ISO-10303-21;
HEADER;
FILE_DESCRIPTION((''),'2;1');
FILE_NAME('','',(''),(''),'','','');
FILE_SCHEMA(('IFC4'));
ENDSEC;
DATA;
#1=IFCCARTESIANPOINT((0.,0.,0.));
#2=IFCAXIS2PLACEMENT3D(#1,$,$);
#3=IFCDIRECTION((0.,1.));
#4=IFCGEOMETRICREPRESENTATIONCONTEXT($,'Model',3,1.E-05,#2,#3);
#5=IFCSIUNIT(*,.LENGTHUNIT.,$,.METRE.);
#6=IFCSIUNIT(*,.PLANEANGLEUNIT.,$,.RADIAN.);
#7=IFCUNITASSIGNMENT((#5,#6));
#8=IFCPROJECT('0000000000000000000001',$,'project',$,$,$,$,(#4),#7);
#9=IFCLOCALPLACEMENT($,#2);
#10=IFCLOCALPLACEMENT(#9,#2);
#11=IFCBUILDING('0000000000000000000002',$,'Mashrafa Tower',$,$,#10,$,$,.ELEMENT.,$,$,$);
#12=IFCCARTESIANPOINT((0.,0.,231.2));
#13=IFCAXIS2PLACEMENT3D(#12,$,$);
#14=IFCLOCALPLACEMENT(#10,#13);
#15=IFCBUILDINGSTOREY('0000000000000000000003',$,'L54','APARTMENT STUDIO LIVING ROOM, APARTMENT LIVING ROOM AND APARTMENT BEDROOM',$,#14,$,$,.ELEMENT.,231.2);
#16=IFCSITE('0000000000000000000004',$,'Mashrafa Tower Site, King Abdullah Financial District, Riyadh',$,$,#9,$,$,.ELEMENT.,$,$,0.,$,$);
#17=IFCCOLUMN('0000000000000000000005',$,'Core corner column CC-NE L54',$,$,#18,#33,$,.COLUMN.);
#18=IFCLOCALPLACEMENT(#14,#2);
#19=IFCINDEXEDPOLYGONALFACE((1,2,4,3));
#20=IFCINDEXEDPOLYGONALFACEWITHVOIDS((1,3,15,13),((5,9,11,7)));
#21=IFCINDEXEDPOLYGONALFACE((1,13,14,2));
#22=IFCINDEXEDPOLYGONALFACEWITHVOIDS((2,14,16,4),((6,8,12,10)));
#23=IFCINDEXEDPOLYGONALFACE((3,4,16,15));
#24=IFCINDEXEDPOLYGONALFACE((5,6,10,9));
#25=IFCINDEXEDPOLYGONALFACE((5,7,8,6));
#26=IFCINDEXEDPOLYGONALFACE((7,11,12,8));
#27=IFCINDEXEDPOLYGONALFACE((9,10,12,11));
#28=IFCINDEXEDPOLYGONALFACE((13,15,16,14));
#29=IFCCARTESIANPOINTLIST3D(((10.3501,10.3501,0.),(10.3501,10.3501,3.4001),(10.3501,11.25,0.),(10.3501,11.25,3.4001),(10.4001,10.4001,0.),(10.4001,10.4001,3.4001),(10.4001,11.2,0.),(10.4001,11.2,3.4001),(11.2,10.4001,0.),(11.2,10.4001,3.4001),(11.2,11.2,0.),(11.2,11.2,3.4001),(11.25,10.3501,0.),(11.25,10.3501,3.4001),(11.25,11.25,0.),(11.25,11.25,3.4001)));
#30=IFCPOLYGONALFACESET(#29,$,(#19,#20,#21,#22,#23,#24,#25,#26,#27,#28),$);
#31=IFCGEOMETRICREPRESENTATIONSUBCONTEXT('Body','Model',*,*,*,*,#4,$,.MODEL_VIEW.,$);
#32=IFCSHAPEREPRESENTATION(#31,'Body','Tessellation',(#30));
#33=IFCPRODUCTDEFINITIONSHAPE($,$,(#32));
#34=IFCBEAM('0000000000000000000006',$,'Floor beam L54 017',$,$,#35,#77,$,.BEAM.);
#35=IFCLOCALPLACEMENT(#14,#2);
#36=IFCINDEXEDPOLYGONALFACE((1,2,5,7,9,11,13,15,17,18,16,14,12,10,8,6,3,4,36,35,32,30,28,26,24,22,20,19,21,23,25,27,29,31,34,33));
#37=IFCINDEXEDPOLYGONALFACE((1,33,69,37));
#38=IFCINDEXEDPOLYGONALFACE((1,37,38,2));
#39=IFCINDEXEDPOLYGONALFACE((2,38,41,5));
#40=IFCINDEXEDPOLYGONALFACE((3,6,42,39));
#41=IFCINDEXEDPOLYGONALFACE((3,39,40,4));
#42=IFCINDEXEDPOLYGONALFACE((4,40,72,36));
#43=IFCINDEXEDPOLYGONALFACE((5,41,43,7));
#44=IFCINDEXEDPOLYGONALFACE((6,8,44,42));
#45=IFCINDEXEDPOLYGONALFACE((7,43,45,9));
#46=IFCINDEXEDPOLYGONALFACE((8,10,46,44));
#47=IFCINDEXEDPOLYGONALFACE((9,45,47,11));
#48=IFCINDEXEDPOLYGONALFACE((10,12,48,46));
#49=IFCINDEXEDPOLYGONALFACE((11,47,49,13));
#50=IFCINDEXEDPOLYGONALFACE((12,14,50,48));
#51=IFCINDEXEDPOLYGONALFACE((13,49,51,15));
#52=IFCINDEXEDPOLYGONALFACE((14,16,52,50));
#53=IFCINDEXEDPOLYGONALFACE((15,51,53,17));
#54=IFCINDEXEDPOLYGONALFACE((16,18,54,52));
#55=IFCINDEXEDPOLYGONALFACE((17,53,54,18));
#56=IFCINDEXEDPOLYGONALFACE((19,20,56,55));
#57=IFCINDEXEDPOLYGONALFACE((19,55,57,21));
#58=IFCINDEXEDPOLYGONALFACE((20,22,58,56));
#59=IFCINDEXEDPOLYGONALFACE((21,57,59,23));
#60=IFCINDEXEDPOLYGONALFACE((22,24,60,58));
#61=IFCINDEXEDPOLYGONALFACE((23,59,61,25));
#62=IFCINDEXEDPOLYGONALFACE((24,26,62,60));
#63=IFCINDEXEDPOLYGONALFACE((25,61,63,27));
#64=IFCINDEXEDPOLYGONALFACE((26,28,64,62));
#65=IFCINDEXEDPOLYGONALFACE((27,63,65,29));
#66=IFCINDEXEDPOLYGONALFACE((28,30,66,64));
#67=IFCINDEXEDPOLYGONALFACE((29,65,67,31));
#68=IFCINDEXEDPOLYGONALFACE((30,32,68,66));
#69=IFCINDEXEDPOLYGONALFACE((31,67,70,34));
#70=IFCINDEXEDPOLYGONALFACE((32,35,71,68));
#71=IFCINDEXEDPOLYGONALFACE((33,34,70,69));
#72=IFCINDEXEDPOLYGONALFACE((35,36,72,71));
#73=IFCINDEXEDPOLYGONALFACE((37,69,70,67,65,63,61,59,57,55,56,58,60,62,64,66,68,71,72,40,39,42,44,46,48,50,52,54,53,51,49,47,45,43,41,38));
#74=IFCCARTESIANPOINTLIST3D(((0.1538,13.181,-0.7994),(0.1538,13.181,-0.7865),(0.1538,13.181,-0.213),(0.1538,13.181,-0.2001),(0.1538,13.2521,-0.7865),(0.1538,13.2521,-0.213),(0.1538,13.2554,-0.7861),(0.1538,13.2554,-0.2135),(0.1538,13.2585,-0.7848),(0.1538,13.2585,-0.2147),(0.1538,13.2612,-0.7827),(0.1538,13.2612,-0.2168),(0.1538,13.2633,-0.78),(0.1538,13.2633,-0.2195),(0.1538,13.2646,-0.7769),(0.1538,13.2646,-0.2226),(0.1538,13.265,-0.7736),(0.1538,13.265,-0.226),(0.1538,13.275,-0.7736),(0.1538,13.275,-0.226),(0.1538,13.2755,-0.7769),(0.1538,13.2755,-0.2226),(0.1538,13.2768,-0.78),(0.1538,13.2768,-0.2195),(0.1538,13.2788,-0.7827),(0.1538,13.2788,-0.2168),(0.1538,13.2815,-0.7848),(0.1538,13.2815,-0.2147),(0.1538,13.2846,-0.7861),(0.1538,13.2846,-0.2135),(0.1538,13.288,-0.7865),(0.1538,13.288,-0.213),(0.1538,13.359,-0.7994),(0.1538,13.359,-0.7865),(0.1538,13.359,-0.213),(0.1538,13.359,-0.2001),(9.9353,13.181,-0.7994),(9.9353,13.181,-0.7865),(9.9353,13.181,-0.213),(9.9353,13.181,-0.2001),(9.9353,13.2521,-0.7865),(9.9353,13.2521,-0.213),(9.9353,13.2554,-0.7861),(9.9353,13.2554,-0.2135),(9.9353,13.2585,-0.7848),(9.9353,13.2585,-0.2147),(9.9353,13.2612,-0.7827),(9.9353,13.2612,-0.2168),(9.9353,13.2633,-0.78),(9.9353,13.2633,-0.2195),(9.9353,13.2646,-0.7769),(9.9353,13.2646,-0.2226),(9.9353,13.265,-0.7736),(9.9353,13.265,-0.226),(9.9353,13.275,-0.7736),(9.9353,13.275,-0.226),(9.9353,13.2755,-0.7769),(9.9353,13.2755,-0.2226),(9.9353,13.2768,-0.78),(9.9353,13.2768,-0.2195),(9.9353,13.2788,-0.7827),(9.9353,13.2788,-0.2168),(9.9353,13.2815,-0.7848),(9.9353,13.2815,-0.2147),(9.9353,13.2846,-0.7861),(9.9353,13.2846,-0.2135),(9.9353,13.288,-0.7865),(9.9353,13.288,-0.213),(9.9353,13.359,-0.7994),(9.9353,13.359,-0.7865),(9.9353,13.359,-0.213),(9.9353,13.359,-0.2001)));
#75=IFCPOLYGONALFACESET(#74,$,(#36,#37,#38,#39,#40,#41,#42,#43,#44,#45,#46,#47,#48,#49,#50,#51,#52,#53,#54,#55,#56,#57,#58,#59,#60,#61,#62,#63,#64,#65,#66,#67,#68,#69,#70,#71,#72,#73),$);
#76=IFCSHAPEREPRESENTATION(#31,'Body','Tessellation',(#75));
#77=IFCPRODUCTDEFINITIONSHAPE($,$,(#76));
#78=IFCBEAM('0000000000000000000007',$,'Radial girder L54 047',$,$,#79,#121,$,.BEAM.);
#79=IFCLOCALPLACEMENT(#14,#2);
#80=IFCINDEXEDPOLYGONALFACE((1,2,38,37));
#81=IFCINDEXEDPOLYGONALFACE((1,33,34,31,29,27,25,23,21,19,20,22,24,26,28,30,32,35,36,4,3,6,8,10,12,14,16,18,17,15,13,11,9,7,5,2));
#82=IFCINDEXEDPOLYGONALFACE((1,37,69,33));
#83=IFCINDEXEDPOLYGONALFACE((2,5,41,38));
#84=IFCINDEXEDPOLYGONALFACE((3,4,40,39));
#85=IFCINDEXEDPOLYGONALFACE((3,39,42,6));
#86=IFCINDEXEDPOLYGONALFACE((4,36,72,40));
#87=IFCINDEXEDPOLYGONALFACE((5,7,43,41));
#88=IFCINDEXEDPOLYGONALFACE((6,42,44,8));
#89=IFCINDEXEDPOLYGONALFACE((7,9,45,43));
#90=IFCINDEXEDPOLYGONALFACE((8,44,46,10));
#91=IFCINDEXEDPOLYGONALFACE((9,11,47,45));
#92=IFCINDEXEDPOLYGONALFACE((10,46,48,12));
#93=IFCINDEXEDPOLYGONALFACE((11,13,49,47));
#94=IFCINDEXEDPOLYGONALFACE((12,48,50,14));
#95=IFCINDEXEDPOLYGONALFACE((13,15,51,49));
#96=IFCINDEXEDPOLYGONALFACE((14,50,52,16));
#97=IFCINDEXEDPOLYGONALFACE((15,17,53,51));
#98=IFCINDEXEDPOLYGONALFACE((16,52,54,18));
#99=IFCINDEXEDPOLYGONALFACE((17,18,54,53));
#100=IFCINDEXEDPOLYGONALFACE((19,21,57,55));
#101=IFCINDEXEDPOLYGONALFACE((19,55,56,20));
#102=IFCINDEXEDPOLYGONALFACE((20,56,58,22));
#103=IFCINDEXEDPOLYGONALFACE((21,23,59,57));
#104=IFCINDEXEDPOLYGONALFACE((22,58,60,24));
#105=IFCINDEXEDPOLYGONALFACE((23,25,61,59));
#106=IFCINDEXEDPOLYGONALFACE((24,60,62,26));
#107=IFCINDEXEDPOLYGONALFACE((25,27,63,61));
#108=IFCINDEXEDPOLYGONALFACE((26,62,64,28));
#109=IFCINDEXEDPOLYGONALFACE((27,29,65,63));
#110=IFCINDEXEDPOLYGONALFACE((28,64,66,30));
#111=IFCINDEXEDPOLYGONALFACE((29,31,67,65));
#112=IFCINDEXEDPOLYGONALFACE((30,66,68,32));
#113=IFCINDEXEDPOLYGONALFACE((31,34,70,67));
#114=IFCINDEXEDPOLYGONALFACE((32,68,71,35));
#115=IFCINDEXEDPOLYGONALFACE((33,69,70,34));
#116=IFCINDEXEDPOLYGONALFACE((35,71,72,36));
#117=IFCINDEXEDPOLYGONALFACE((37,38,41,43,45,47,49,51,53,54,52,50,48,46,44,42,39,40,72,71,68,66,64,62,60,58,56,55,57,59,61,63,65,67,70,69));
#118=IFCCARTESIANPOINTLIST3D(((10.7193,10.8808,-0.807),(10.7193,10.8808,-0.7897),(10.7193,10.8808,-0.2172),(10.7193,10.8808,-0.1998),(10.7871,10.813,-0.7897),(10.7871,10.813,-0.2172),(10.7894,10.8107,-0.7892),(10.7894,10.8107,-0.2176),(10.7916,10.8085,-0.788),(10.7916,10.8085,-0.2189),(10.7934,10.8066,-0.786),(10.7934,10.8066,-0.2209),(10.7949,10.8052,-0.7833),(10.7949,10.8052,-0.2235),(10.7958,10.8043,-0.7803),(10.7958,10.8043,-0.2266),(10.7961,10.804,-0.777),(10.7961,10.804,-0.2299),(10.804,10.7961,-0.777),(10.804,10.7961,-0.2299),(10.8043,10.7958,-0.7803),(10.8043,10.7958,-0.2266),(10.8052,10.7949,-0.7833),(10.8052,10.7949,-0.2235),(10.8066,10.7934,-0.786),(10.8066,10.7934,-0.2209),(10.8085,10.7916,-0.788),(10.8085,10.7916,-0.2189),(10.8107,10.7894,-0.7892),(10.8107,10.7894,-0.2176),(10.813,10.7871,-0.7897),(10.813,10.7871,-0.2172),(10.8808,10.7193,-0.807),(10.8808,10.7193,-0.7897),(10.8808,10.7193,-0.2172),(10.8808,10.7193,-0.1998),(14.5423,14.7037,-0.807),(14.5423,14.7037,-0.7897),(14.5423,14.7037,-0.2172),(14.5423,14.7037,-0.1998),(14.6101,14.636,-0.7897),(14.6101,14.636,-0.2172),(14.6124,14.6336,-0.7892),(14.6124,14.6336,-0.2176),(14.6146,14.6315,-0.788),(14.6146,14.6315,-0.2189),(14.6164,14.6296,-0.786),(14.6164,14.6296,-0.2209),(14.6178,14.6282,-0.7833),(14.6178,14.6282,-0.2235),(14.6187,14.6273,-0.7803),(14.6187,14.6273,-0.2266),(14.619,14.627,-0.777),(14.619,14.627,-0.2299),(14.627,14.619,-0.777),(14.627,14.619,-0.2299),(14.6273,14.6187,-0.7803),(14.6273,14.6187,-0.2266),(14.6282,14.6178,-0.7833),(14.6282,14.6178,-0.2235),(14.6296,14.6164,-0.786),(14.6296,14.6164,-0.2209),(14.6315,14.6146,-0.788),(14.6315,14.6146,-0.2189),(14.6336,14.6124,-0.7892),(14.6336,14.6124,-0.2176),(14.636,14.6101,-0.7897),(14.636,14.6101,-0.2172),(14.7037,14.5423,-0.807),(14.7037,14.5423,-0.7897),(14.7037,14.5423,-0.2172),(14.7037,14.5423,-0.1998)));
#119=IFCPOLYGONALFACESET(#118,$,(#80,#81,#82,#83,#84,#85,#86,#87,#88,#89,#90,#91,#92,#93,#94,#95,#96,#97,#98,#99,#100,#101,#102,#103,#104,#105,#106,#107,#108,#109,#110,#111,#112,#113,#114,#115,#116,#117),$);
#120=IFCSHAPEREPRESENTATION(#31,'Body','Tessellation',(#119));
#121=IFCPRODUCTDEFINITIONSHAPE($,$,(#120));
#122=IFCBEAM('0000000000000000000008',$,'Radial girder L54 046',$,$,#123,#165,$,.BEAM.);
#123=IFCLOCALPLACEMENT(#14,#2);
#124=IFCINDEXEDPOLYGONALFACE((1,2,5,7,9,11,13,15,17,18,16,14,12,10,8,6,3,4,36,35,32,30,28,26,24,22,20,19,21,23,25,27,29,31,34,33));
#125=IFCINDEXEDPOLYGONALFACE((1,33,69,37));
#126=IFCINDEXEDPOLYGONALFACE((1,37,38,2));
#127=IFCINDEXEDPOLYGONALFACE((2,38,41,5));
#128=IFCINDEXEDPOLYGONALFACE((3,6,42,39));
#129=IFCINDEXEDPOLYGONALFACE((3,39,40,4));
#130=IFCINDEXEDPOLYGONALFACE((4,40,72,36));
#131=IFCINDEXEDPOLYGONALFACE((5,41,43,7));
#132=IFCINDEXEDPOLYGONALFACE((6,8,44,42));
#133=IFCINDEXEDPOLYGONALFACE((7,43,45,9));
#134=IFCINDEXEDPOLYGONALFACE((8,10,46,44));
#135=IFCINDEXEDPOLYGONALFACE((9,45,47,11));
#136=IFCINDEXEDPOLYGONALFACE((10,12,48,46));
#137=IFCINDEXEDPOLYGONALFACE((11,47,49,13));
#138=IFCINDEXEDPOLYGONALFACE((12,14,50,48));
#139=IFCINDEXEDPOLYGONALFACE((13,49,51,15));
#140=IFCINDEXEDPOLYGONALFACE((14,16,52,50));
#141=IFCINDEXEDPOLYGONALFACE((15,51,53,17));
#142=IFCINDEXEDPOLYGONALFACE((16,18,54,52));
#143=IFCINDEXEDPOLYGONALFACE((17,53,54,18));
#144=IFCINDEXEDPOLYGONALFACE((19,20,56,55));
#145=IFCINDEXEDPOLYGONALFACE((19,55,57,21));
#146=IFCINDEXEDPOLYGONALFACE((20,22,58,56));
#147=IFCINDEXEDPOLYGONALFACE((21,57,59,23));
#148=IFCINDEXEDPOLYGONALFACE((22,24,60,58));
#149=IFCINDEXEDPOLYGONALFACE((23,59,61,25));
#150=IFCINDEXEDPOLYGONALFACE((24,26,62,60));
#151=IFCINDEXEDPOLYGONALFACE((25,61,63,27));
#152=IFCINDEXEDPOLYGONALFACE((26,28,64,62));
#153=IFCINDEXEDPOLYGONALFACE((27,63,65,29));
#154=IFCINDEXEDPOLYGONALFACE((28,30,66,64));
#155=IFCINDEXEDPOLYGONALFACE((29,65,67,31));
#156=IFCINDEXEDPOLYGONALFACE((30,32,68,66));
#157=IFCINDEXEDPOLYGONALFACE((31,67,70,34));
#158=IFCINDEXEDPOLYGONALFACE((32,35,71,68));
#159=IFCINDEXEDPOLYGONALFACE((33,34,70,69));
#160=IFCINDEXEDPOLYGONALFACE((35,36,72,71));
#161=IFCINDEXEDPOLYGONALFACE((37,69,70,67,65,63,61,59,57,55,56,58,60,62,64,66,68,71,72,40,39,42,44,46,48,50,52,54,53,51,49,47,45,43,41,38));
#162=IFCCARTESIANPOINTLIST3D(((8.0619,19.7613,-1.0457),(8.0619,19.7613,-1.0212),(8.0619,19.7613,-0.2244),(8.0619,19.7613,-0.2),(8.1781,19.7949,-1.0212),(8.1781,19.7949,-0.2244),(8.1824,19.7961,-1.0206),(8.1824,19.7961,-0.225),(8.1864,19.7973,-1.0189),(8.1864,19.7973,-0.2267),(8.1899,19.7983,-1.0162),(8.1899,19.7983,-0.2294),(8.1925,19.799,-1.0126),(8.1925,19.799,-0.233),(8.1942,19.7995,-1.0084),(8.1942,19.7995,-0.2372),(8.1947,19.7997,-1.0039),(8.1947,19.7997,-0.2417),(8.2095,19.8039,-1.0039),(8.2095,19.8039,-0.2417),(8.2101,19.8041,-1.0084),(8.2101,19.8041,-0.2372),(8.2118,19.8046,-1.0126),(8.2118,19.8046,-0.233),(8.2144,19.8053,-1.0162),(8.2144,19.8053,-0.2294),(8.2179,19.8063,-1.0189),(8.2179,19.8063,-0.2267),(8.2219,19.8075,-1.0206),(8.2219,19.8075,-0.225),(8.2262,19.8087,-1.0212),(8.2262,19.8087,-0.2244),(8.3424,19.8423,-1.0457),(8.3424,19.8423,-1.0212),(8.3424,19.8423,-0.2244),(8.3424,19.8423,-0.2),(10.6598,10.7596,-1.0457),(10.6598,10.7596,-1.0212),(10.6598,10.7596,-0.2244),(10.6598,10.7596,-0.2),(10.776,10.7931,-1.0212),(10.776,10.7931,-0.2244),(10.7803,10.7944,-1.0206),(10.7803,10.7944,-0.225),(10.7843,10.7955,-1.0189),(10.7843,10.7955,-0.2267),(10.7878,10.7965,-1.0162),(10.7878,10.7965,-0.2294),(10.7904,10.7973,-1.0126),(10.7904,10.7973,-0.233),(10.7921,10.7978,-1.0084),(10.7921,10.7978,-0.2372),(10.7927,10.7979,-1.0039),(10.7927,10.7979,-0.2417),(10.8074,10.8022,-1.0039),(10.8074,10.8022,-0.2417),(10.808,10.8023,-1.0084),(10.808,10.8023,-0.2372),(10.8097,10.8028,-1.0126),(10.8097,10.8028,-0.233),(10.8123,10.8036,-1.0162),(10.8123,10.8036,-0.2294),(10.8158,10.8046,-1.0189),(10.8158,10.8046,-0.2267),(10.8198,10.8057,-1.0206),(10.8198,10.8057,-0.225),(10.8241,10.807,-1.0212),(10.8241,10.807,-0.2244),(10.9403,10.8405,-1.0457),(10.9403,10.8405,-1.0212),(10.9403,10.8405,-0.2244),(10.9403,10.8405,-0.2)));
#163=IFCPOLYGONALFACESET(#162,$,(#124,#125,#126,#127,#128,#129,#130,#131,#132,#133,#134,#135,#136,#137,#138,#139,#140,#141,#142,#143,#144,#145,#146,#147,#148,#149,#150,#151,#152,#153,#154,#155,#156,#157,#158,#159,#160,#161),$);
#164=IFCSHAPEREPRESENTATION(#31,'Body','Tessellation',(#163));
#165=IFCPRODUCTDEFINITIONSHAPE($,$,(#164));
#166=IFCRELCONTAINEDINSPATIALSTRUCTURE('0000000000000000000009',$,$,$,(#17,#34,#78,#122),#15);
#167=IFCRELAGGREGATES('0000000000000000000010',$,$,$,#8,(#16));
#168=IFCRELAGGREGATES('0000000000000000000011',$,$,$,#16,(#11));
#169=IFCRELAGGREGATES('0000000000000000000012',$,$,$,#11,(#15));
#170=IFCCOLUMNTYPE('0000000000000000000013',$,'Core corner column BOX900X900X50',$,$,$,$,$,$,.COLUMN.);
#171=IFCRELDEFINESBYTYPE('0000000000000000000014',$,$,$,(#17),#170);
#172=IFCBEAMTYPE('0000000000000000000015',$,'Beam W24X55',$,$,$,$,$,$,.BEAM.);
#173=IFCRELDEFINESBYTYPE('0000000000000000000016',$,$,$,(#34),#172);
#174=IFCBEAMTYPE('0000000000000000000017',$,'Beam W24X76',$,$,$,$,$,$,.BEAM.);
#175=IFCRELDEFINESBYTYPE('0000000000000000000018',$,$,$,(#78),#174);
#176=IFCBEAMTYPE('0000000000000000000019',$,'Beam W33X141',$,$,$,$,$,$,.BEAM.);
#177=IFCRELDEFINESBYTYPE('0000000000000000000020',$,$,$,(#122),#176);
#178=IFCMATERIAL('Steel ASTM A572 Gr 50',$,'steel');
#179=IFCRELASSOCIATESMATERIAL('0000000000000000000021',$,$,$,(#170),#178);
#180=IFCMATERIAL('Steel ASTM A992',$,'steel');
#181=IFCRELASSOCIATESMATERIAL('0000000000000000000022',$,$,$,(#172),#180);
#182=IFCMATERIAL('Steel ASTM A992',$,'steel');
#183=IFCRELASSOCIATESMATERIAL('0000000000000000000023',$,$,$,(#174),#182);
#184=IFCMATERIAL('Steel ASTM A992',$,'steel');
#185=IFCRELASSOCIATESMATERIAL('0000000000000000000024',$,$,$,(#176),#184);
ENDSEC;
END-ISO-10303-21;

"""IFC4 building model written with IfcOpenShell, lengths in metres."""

from ifc_helpers import new_model, si_unit, direction, frame, origin, origin_2d, place, context, subcontext, project, spatial, hollow_rectangle, i_section, extrude, material, material_profile, profile_set, type_object, element, save


model = new_model("IFC4")

# Units and contexts
model_context = context("Model", 3, precision=1e-05, world=origin(), true_north=direction((0.0, 1.0)))
body_context = subcontext(model_context, "Body", "Model", "MODEL_VIEW")
ifc_project = project(units=[si_unit("LENGTHUNIT", "METRE"), si_unit("PLANEANGLEUNIT", "RADIAN")], contexts=[model_context])

# Site, building, storey
site_placement = place(None, origin())
site = spatial("IfcSite", under=ifc_project, at=site_placement, Name="Mashrafa Tower Site, King Abdullah Financial District, Riyadh", CompositionType="ELEMENT", RefElevation=0.0)
building_placement = place(site_placement, origin())
building = spatial("IfcBuilding", under=site, at=building_placement, Name="Mashrafa Tower", CompositionType="ELEMENT")
storey_placement = place(building_placement, frame((0.0, 0.0, 231.2)))
storey = spatial("IfcBuildingStorey", under=building, at=storey_placement, Name="L54", Description="APARTMENT STUDIO LIVING ROOM, APARTMENT LIVING ROOM AND APARTMENT BEDROOM", CompositionType="ELEMENT", Elevation=231.2)

# Column
ifc_material_1 = material(Name="Steel ASTM A572 Gr 50", Category="steel")
ifc_material_profile_1 = material_profile(ifc_material_1, hollow_rectangle(XDim=0.8999, YDim=0.8999, WallThickness=0.05, at=origin_2d()), Name="BOX900X900X50")
ifc_profile_set_1 = profile_set([ifc_material_profile_1], Name="Steel ASTM A572 Gr 50")
column_type = type_object("IfcColumnType", Name="Core corner column BOX900X900X50", PredefinedType="COLUMN", material=ifc_profile_set_1)
column_placement = place(storey_placement, frame((10.8, 10.8, 0.0), z_axis=(0.0, 0.0, 1.0), x_axis=(1.0, 0.0, 0.0)))
element("IfcColumn", 1, at=column_placement, inside=storey, type_object=column_type, Name="Core corner column CC-NE L54", PredefinedType="COLUMN", context=body_context, shape_type="SweptSolid", body=[
    extrude(hollow_rectangle(XDim=0.8999, YDim=0.8999, WallThickness=0.05, at=origin_2d()), origin(), (0.0, 0.0, 1.0), 3.4001),
])

# Beams
ifc_material_2 = material(Name="Steel ASTM A992", Category="steel")
ifc_material_profile_2 = material_profile(ifc_material_2, i_section(OverallWidth=0.178, OverallDepth=0.5994, WebThickness=0.01, FlangeThickness=0.0129, FilletRadius=0.0129, at=origin_2d()), Name="W24X55")
ifc_profile_set_2 = profile_set([ifc_material_profile_2], Name="Steel ASTM A992")
beam_type_1 = type_object("IfcBeamType", Name="Beam W24X55", PredefinedType="BEAM", material=ifc_profile_set_2)
beam_1_placement = place(storey_placement, frame((0.1538, 13.27, -0.4998), z_axis=(1.0, 0.0, 0.0), x_axis=(0.0, 1.0, 0.0)))
element("IfcBeam", 2, at=beam_1_placement, inside=storey, type_object=beam_type_1, Name="Floor beam L54 017", PredefinedType="BEAM", context=body_context, shape_type="SweptSolid", body=[
    extrude(i_section(OverallWidth=0.178, OverallDepth=0.5994, WebThickness=0.01, FlangeThickness=0.0129, FilletRadius=0.0129, at=origin_2d()), origin(), (0.0, 0.0, 1.0), 9.7815),
])
ifc_material_3 = material(Name="Steel ASTM A992", Category="steel")
ifc_material_profile_3 = material_profile(ifc_material_3, i_section(OverallWidth=0.2283, OverallDepth=0.6072, WebThickness=0.0112, FlangeThickness=0.0173, FilletRadius=0.0127, at=origin_2d()), Name="W24X76")
ifc_profile_set_3 = profile_set([ifc_material_profile_3], Name="Steel ASTM A992")
beam_type_2 = type_object("IfcBeamType", Name="Beam W24X76", PredefinedType="BEAM", material=ifc_profile_set_3)
beam_2_placement = place(storey_placement, frame((10.8, 10.8, -0.5034), z_axis=(0.707107, 0.707107, 0.0), x_axis=(-0.707107, 0.707107, 0.0)))
element("IfcBeam", 3, at=beam_2_placement, inside=storey, type_object=beam_type_2, Name="Radial girder L54 047", PredefinedType="BEAM", context=body_context, shape_type="SweptSolid", body=[
    extrude(i_section(OverallWidth=0.2283, OverallDepth=0.6072, WebThickness=0.0112, FlangeThickness=0.0173, FilletRadius=0.0127, at=origin_2d()), origin(), (0.0, 0.0, 1.0), 5.4065),
])
ifc_material_4 = material(Name="Steel ASTM A992", Category="steel")
ifc_material_profile_4 = material_profile(ifc_material_4, i_section(OverallWidth=0.292, OverallDepth=0.8457, WebThickness=0.0154, FlangeThickness=0.0244, FilletRadius=0.0173, at=origin_2d()), Name="W33X141")
ifc_profile_set_4 = profile_set([ifc_material_profile_4], Name="Steel ASTM A992")
beam_type_3 = type_object("IfcBeamType", Name="Beam W33X141", PredefinedType="BEAM", material=ifc_profile_set_4)
for number, where, z_axis, x_axis, name in (
    (4, (10.8, 10.8, -0.6228), (-0.277284, 0.960788, 0.0), (-0.960788, -0.277284, 0.0), "Radial girder L54 046"),
):
    element("IfcBeam", number, at=place(storey_placement, frame(where, z_axis=z_axis, x_axis=x_axis)), inside=storey, type_object=beam_type_3, Name=name, PredefinedType="BEAM", context=body_context, shape_type="SweptSolid", body=[
        extrude(i_section(OverallWidth=0.292, OverallDepth=0.8457, WebThickness=0.0154, FlangeThickness=0.0244, FilletRadius=0.0173, at=origin_2d()), origin(), (0.0, 0.0, 1.0), 9.3691),
    ])

save(model, "model.ifc")
